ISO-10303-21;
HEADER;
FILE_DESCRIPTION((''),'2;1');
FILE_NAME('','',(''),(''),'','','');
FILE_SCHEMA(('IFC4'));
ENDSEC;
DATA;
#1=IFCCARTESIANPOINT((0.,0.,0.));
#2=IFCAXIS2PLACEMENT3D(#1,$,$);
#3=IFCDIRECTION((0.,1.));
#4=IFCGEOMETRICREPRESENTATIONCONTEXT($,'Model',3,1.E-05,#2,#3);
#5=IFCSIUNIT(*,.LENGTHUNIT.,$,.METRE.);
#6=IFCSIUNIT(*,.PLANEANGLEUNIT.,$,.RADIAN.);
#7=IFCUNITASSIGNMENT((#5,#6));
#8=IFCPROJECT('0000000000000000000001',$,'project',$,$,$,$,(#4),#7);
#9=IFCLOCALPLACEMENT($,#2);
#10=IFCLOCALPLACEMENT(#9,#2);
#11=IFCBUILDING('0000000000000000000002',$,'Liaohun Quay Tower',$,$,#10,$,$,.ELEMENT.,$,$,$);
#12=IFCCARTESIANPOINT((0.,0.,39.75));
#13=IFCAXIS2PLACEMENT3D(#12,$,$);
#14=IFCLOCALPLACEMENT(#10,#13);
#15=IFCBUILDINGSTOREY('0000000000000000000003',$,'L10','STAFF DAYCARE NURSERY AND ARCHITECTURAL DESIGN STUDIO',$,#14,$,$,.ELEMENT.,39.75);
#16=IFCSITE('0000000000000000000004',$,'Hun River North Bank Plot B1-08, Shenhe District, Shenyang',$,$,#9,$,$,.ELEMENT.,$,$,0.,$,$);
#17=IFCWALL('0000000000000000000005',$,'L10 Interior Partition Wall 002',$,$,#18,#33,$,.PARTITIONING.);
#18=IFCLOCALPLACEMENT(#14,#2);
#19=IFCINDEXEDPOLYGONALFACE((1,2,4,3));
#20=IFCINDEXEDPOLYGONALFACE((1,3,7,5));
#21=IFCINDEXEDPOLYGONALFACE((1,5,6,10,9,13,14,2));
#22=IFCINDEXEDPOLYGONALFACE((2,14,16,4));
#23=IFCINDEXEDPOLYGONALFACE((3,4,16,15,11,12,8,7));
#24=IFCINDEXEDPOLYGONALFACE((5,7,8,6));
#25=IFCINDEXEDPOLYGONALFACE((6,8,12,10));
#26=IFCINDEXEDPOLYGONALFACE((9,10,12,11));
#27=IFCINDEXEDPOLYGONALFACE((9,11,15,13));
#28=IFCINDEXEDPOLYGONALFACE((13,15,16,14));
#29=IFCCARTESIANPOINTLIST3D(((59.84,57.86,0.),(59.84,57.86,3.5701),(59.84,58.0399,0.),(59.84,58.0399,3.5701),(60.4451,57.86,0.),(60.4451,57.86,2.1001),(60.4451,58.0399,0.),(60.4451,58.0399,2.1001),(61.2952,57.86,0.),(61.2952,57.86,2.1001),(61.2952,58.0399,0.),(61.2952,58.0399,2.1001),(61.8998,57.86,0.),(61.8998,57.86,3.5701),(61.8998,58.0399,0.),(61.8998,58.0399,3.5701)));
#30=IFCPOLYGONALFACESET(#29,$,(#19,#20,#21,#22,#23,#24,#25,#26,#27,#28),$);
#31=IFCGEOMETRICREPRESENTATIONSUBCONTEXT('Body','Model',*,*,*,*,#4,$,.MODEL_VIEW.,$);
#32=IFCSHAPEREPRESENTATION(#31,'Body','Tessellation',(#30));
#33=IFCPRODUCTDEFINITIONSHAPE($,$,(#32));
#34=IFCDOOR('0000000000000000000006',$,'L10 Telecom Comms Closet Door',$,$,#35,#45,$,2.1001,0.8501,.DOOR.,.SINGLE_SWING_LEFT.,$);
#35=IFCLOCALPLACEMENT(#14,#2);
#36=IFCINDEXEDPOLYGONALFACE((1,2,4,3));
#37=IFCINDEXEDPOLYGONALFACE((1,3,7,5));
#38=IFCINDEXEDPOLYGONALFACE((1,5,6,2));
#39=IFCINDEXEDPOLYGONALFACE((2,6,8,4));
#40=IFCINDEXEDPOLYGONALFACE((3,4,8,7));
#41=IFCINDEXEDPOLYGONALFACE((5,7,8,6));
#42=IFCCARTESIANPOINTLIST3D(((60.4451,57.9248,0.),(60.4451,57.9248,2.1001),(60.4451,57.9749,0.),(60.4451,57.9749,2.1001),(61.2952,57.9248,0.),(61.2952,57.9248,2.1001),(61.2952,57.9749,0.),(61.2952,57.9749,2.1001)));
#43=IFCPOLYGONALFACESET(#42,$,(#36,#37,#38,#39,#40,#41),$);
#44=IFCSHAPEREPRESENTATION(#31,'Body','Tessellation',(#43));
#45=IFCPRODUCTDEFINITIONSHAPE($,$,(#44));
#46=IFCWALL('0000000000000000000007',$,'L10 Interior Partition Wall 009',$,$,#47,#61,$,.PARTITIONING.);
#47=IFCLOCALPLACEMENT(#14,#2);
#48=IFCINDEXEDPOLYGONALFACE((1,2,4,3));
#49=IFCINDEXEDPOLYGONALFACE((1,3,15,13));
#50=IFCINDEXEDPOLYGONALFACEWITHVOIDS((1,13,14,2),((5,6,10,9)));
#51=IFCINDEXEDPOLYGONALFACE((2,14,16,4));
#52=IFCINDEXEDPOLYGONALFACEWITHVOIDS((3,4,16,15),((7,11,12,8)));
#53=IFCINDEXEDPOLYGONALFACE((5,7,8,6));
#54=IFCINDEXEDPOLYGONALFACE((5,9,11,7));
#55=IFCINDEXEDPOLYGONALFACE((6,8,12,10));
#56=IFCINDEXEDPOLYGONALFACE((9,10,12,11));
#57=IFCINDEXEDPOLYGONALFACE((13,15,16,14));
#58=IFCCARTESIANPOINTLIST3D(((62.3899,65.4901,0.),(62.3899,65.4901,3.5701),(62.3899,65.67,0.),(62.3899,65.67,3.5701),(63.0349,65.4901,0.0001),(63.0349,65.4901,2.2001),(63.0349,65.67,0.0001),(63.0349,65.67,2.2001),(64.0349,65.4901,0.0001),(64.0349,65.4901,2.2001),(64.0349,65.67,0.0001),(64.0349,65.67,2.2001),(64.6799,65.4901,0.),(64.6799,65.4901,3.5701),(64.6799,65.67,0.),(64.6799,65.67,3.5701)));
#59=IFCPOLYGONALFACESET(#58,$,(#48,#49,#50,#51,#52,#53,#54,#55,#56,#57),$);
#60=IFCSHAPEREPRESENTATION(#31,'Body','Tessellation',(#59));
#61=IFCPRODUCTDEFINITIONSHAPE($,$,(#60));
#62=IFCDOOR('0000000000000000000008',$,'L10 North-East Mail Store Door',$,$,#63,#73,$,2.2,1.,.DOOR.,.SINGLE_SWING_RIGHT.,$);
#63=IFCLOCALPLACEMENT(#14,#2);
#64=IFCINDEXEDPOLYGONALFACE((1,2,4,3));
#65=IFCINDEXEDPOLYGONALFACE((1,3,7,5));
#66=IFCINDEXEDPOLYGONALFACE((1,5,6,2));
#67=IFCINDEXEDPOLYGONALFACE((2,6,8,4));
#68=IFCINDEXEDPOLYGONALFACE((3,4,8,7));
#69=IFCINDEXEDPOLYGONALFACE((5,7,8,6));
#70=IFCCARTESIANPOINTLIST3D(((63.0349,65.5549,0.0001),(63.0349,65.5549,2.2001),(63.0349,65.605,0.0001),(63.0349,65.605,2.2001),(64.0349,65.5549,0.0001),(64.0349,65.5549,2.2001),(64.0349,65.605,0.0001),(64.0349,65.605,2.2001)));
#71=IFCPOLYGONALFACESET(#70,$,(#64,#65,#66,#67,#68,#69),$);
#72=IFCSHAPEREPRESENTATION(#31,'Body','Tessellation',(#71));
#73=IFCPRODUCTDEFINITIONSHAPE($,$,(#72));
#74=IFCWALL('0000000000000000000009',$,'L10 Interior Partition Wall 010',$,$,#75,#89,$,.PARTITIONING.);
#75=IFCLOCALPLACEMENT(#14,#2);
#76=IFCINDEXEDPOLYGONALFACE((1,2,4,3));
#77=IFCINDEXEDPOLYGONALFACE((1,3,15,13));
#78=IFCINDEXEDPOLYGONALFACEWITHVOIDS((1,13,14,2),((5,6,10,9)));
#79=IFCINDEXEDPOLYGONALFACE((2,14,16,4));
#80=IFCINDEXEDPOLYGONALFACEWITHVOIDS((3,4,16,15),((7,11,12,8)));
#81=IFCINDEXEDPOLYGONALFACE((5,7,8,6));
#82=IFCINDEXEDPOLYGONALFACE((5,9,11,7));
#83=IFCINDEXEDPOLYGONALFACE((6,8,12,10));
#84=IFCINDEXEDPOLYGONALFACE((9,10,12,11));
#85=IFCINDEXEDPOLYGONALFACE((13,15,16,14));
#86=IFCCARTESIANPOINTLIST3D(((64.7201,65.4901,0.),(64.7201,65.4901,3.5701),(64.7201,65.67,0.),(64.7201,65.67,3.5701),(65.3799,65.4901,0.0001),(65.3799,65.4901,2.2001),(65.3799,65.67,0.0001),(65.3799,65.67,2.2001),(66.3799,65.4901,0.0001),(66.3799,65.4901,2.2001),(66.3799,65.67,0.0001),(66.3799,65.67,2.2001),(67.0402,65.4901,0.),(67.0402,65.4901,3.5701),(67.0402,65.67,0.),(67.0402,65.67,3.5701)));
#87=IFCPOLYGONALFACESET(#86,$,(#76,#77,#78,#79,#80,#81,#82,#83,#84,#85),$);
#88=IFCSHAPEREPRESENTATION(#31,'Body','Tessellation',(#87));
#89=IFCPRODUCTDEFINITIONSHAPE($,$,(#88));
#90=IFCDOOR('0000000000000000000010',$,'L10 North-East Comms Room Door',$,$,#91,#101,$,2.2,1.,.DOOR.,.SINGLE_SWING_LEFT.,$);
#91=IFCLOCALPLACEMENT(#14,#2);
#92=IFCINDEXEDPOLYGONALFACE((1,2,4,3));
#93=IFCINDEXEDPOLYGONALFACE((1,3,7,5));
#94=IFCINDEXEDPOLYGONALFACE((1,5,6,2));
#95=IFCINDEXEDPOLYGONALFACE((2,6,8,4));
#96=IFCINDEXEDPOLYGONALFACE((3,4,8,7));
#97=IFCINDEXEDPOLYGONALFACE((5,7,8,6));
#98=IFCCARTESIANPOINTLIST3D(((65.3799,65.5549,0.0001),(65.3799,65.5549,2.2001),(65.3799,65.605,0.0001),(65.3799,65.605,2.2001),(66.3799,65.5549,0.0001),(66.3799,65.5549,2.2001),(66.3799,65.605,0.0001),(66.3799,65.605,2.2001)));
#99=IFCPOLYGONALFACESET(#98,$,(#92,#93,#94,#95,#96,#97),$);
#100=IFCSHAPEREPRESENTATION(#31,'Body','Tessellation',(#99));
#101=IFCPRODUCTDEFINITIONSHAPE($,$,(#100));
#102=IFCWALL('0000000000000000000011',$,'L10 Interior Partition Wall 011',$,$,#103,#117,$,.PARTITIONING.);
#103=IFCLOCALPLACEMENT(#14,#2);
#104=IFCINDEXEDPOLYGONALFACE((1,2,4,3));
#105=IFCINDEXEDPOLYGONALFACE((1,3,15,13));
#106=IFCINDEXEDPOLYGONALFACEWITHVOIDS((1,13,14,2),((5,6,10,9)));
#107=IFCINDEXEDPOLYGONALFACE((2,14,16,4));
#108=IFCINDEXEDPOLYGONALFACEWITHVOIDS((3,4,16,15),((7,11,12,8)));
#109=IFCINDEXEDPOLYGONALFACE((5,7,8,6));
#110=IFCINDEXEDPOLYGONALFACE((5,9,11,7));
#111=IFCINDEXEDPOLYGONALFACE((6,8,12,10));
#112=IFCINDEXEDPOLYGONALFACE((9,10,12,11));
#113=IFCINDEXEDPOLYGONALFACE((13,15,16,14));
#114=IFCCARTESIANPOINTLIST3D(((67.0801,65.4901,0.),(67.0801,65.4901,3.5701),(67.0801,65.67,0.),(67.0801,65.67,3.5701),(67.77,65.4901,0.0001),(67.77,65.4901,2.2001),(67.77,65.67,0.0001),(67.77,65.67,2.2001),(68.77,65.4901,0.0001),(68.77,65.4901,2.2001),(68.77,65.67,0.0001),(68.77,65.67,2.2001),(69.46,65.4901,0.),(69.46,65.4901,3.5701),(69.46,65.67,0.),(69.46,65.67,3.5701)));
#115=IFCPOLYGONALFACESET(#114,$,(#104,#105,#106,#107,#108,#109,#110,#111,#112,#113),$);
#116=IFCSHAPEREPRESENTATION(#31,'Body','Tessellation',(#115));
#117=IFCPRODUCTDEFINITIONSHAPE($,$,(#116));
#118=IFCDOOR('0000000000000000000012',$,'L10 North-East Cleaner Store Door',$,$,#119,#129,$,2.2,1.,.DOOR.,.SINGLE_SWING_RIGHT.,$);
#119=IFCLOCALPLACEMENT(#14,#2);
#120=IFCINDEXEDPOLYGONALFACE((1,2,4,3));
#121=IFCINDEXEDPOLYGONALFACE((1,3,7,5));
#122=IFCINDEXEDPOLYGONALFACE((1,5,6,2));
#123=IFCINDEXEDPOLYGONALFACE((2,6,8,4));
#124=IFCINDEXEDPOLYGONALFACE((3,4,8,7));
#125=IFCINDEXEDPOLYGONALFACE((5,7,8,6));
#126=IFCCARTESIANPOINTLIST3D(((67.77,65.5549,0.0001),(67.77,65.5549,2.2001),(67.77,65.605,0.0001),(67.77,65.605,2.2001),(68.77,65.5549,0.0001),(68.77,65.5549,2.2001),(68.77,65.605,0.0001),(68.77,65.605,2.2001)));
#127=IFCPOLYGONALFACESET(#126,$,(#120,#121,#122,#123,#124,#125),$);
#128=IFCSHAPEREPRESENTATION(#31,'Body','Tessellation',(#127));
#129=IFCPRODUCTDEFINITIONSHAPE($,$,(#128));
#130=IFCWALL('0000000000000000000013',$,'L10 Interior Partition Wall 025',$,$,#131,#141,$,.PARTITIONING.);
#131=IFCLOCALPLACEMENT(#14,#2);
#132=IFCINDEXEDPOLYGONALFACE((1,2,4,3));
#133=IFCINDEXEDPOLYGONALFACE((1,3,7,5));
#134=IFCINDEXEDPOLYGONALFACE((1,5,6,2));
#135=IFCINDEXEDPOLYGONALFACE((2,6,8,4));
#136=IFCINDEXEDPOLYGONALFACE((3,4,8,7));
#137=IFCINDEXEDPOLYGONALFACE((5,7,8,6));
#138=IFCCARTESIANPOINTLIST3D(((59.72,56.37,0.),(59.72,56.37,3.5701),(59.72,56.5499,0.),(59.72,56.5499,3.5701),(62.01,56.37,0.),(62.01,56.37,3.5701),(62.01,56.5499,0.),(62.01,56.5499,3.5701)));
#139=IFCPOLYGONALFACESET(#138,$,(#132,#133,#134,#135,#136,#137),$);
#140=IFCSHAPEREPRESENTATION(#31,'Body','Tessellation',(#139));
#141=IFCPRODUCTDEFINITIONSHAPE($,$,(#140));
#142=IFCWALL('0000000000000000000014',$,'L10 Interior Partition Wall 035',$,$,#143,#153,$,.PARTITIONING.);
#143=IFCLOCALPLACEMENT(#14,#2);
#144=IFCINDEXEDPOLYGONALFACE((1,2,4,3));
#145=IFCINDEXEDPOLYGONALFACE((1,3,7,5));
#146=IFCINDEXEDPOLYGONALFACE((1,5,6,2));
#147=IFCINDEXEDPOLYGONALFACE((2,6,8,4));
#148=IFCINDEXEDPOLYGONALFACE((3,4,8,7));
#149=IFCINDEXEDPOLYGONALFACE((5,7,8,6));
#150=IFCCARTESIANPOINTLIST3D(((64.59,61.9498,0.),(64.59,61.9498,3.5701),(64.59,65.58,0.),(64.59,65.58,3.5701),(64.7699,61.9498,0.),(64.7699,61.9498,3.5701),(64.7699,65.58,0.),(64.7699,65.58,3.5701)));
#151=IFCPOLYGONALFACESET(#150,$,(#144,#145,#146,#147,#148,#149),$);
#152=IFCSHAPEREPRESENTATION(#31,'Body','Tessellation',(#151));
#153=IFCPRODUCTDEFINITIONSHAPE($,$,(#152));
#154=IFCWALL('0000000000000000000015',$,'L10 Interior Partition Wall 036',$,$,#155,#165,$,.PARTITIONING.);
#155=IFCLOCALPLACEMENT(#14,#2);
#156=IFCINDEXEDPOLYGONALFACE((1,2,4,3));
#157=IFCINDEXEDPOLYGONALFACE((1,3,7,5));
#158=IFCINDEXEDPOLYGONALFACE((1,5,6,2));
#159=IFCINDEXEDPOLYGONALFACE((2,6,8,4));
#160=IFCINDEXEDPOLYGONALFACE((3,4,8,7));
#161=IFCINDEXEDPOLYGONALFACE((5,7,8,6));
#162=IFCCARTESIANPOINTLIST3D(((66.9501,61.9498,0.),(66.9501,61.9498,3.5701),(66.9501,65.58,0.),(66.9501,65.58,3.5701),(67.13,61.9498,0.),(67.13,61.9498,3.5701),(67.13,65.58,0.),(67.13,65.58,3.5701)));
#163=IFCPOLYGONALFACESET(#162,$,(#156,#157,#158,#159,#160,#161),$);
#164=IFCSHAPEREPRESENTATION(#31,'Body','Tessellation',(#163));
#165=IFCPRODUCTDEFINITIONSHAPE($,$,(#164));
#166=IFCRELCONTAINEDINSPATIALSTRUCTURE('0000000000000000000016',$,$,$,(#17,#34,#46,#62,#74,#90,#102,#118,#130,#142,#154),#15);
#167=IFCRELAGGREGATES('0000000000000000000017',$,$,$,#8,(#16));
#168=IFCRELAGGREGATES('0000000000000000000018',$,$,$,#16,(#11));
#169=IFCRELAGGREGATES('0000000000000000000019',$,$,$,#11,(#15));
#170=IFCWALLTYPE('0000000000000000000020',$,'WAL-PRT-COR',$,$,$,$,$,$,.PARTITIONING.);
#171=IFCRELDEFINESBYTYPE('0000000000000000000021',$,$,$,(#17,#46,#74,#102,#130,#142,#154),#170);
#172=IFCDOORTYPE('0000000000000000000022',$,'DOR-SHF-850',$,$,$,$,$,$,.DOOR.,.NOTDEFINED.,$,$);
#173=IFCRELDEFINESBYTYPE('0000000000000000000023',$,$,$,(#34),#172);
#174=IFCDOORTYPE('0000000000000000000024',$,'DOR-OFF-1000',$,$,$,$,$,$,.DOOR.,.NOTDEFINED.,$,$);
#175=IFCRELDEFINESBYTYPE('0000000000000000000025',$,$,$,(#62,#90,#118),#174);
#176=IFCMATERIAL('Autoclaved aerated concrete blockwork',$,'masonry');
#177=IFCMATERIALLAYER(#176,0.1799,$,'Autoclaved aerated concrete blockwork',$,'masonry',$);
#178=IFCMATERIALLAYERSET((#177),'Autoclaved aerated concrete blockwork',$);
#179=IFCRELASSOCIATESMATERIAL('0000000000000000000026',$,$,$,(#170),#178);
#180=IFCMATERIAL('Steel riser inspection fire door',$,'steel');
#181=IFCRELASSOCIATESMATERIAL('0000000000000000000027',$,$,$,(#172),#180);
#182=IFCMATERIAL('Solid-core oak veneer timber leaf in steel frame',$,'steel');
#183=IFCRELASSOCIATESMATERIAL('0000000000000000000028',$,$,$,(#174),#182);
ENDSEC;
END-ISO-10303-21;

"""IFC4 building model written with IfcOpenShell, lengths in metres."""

from ifc_helpers import new_model, si_unit, direction, frame, frame_2d, origin, place, context, subcontext, project, spatial, rectangle, extrude, source, transform, mapped, material, layer, layer_set, type_object, element, fill, save


model = new_model("IFC4")

# Units and contexts
model_context = context("Model", 3, precision=1e-05, world=origin(), true_north=direction((0.0, 1.0)))
body_context = subcontext(model_context, "Body", "Model", "MODEL_VIEW")
ifc_project = project(units=[si_unit("LENGTHUNIT", "METRE"), si_unit("PLANEANGLEUNIT", "RADIAN")], contexts=[model_context])

# Site, building, storey
site_placement = place(None, origin())
site = spatial("IfcSite", under=ifc_project, at=site_placement, Name="Hun River North Bank Plot B1-08, Shenhe District, Shenyang", CompositionType="ELEMENT", RefElevation=0.0)
building_placement = place(site_placement, origin())
building = spatial("IfcBuilding", under=site, at=building_placement, Name="Liaohun Quay Tower", CompositionType="ELEMENT")
storey_placement = place(building_placement, frame((0.0, 0.0, 39.75)))
storey = spatial("IfcBuildingStorey", under=building, at=storey_placement, Name="L10", Description="STAFF DAYCARE NURSERY AND ARCHITECTURAL DESIGN STUDIO", CompositionType="ELEMENT", Elevation=39.75)

# Walls, openings, doors
ifc_material_1 = material(Name="Autoclaved aerated concrete blockwork", Category="masonry")
ifc_layer_1 = layer(ifc_material_1, 0.1799, Name="Autoclaved aerated concrete blockwork", Category="masonry")
ifc_layer_set_1 = layer_set([ifc_layer_1], Name="Autoclaved aerated concrete blockwork")
wall_type_1 = type_object("IfcWallType", Name="WAL-PRT-COR", PredefinedType="PARTITIONING", material=ifc_layer_set_1)
wall_1_placement = place(storey_placement, frame((59.8401, 57.95, 0.0), z_axis=(0.0, 0.0, 1.0), x_axis=(1.0, 0.0, 0.0)))
wall_1 = element("IfcWall", 1, at=wall_1_placement, inside=storey, type_object=wall_type_1, Name="L10 Interior Partition Wall 002", PredefinedType="PARTITIONING", context=body_context, shape_type="SweptSolid", body=[
    extrude(rectangle(XDim=2.0598, YDim=0.1799, at=frame_2d((1.0298, 0.0))), origin(), (0.0, 0.0, 1.0), 3.5701),
])
shared_shape_1 = source(origin(), body_context, "Body", "SweptSolid", [
    extrude(rectangle(XDim=0.8501, YDim=2.1001, at=frame_2d((0.425, 1.05))), frame((0.0, 0.0999, 0.0), z_axis=(0.0, -1.0, 0.0), x_axis=(1.0, 0.0, 0.0)), (0.0, 0.0, 1.0), 0.2),
])
opening_1_placement = place(wall_1_placement, frame((0.605, 0.0, 0.0)))
opening_1 = element("IfcOpeningElement", 2, at=opening_1_placement, cuts=wall_1, PredefinedType="OPENING", context=body_context, shape_type="MappedRepresentation", body=[
    mapped(shared_shape_1, transform((0.0, 0.0, 0.0), x_axis=(1.0, 0.0, 0.0), y_axis=(0.0, 1.0, 0.0), z_axis=(0.0, 0.0, 1.0), scale=1.0)),
])
ifc_material_2 = material(Name="Steel riser inspection fire door", Category="steel")
door_type_1 = type_object("IfcDoorType", Name="DOR-SHF-850", OperationType="NOTDEFINED", PredefinedType="DOOR", material=ifc_material_2)
shared_shape_2 = source(origin(), body_context, "Body", "SweptSolid", [
    extrude(rectangle(XDim=0.8501, YDim=2.1001, at=frame_2d((0.425, 1.05))), frame((0.0, 0.0249, 0.0), z_axis=(0.0, -1.0, 0.0), x_axis=(1.0, 0.0, 0.0)), (0.0, 0.0, 1.0), 0.05),
])
door_1_placement = place(opening_1_placement, origin())
door_1 = element("IfcDoor", 3, at=door_1_placement, inside=storey, type_object=door_type_1, Name="L10 Telecom Comms Closet Door", OperationType="SINGLE_SWING_LEFT", OverallHeight=2.1001, OverallWidth=0.8501, PredefinedType="DOOR", context=body_context, shape_type="MappedRepresentation", body=[
    mapped(shared_shape_2, transform((0.0, 0.0, 0.0), x_axis=(1.0, 0.0, 0.0), y_axis=(0.0, 1.0, 0.0), z_axis=(0.0, 0.0, 1.0), scale=1.0)),
])
fill(opening_1, door_1)
wall_2_placement = place(storey_placement, frame((62.3899, 65.5801, 0.0), z_axis=(0.0, 0.0, 1.0), x_axis=(1.0, 0.0, 0.0)))
wall_2 = element("IfcWall", 4, at=wall_2_placement, inside=storey, type_object=wall_type_1, Name="L10 Interior Partition Wall 009", PredefinedType="PARTITIONING", context=body_context, shape_type="SweptSolid", body=[
    extrude(rectangle(XDim=2.29, YDim=0.1799, at=frame_2d((1.145, 0.0))), origin(), (0.0, 0.0, 1.0), 3.5701),
])
shared_shape_3 = source(origin(), body_context, "Body", "SweptSolid", [
    extrude(rectangle(XDim=1.0, YDim=2.2, at=frame_2d((0.5, 1.1001))), frame((0.0, 0.0999, 0.0), z_axis=(0.0, -1.0, 0.0), x_axis=(1.0, 0.0, 0.0)), (0.0, 0.0, 1.0), 0.2),
])
opening_2_placement = place(wall_2_placement, frame((0.645, 0.0, 0.0)))
opening_2 = element("IfcOpeningElement", 5, at=opening_2_placement, cuts=wall_2, PredefinedType="OPENING", context=body_context, shape_type="MappedRepresentation", body=[
    mapped(shared_shape_3, transform((0.0, 0.0, 0.0), x_axis=(1.0, 0.0, 0.0), y_axis=(0.0, 1.0, 0.0), z_axis=(0.0, 0.0, 1.0), scale=1.0)),
])
ifc_material_3 = material(Name="Solid-core oak veneer timber leaf in steel frame", Category="steel")
door_type_2 = type_object("IfcDoorType", Name="DOR-OFF-1000", OperationType="NOTDEFINED", PredefinedType="DOOR", material=ifc_material_3)
shared_shape_4 = source(origin(), body_context, "Body", "SweptSolid", [
    extrude(rectangle(XDim=1.0, YDim=2.2, at=frame_2d((0.5, 1.1001))), frame((0.0, 0.0249, 0.0), z_axis=(0.0, -1.0, 0.0), x_axis=(1.0, 0.0, 0.0)), (0.0, 0.0, 1.0), 0.05),
])
door_2_placement = place(opening_2_placement, origin())
door_2 = element("IfcDoor", 6, at=door_2_placement, inside=storey, type_object=door_type_2, Name="L10 North-East Mail Store Door", OperationType="SINGLE_SWING_RIGHT", OverallHeight=2.2, OverallWidth=1.0, PredefinedType="DOOR", context=body_context, shape_type="MappedRepresentation", body=[
    mapped(shared_shape_4, transform((0.0, 0.0, 0.0), x_axis=(1.0, 0.0, 0.0), y_axis=(0.0, 1.0, 0.0), z_axis=(0.0, 0.0, 1.0), scale=1.0)),
])
fill(opening_2, door_2)
wall_3_placement = place(storey_placement, frame((64.72, 65.5801, 0.0), z_axis=(0.0, 0.0, 1.0), x_axis=(1.0, 0.0, 0.0)))
wall_3 = element("IfcWall", 7, at=wall_3_placement, inside=storey, type_object=wall_type_1, Name="L10 Interior Partition Wall 010", PredefinedType="PARTITIONING", context=body_context, shape_type="SweptSolid", body=[
    extrude(rectangle(XDim=2.3201, YDim=0.1799, at=frame_2d((1.1602, 0.0))), origin(), (0.0, 0.0, 1.0), 3.5701),
])
opening_3_placement = place(wall_3_placement, frame((0.6599, 0.0, 0.0)))
opening_3 = element("IfcOpeningElement", 8, at=opening_3_placement, cuts=wall_3, PredefinedType="OPENING", context=body_context, shape_type="MappedRepresentation", body=[
    mapped(shared_shape_3, transform((0.0, 0.0, 0.0), x_axis=(1.0, 0.0, 0.0), y_axis=(0.0, 1.0, 0.0), z_axis=(0.0, 0.0, 1.0), scale=1.0)),
])
door_3_placement = place(opening_3_placement, origin())
door_3 = element("IfcDoor", 9, at=door_3_placement, inside=storey, type_object=door_type_2, Name="L10 North-East Comms Room Door", OperationType="SINGLE_SWING_LEFT", OverallHeight=2.2, OverallWidth=1.0, PredefinedType="DOOR", context=body_context, shape_type="MappedRepresentation", body=[
    mapped(shared_shape_4, transform((0.0, 0.0, 0.0), x_axis=(1.0, 0.0, 0.0), y_axis=(0.0, 1.0, 0.0), z_axis=(0.0, 0.0, 1.0), scale=1.0)),
])
fill(opening_3, door_3)
wall_4_placement = place(storey_placement, frame((67.0801, 65.5801, 0.0), z_axis=(0.0, 0.0, 1.0), x_axis=(1.0, 0.0, 0.0)))
wall_4 = element("IfcWall", 10, at=wall_4_placement, inside=storey, type_object=wall_type_1, Name="L10 Interior Partition Wall 011", PredefinedType="PARTITIONING", context=body_context, shape_type="SweptSolid", body=[
    extrude(rectangle(XDim=2.3799, YDim=0.1799, at=frame_2d((1.1899, 0.0))), origin(), (0.0, 0.0, 1.0), 3.5701),
])
opening_4_placement = place(wall_4_placement, frame((0.6899, 0.0, 0.0)))
opening_4 = element("IfcOpeningElement", 11, at=opening_4_placement, cuts=wall_4, PredefinedType="OPENING", context=body_context, shape_type="MappedRepresentation", body=[
    mapped(shared_shape_3, transform((0.0, 0.0, 0.0), x_axis=(1.0, 0.0, 0.0), y_axis=(0.0, 1.0, 0.0), z_axis=(0.0, 0.0, 1.0), scale=1.0)),
])
door_4_placement = place(opening_4_placement, origin())
door_4 = element("IfcDoor", 12, at=door_4_placement, inside=storey, type_object=door_type_2, Name="L10 North-East Cleaner Store Door", OperationType="SINGLE_SWING_RIGHT", OverallHeight=2.2, OverallWidth=1.0, PredefinedType="DOOR", context=body_context, shape_type="MappedRepresentation", body=[
    mapped(shared_shape_4, transform((0.0, 0.0, 0.0), x_axis=(1.0, 0.0, 0.0), y_axis=(0.0, 1.0, 0.0), z_axis=(0.0, 0.0, 1.0), scale=1.0)),
])
fill(opening_4, door_4)

# Walls
wall_5_placement = place(storey_placement, frame((59.72, 56.46, 0.0), z_axis=(0.0, 0.0, 1.0), x_axis=(1.0, 0.0, 0.0)))
element("IfcWall", 13, at=wall_5_placement, inside=storey, type_object=wall_type_1, Name="L10 Interior Partition Wall 025", PredefinedType="PARTITIONING", context=body_context, shape_type="SweptSolid", body=[
    extrude(rectangle(XDim=2.29, YDim=0.1799, at=frame_2d((1.145, 0.0))), origin(), (0.0, 0.0, 1.0), 3.5701),
])
for number, where, z_axis, x_axis, name in (
    (14, (64.6799, 61.95, 0.0), (0.0, 0.0, 1.0), (0.0, 1.0, 0.0), "L10 Interior Partition Wall 035"),
    (15, (67.04, 61.95, 0.0), (0.0, 0.0, 1.0), (0.0, 1.0, 0.0), "L10 Interior Partition Wall 036"),
):
    element("IfcWall", number, at=place(storey_placement, frame(where, z_axis=z_axis, x_axis=x_axis)), inside=storey, type_object=wall_type_1, Name=name, PredefinedType="PARTITIONING", context=body_context, shape_type="SweptSolid", body=[
        extrude(rectangle(XDim=3.6301, YDim=0.1799, at=frame_2d((1.8149, 0.0))), origin(), (0.0, 0.0, 1.0), 3.5701),
    ])

save(model, "model.ifc")
